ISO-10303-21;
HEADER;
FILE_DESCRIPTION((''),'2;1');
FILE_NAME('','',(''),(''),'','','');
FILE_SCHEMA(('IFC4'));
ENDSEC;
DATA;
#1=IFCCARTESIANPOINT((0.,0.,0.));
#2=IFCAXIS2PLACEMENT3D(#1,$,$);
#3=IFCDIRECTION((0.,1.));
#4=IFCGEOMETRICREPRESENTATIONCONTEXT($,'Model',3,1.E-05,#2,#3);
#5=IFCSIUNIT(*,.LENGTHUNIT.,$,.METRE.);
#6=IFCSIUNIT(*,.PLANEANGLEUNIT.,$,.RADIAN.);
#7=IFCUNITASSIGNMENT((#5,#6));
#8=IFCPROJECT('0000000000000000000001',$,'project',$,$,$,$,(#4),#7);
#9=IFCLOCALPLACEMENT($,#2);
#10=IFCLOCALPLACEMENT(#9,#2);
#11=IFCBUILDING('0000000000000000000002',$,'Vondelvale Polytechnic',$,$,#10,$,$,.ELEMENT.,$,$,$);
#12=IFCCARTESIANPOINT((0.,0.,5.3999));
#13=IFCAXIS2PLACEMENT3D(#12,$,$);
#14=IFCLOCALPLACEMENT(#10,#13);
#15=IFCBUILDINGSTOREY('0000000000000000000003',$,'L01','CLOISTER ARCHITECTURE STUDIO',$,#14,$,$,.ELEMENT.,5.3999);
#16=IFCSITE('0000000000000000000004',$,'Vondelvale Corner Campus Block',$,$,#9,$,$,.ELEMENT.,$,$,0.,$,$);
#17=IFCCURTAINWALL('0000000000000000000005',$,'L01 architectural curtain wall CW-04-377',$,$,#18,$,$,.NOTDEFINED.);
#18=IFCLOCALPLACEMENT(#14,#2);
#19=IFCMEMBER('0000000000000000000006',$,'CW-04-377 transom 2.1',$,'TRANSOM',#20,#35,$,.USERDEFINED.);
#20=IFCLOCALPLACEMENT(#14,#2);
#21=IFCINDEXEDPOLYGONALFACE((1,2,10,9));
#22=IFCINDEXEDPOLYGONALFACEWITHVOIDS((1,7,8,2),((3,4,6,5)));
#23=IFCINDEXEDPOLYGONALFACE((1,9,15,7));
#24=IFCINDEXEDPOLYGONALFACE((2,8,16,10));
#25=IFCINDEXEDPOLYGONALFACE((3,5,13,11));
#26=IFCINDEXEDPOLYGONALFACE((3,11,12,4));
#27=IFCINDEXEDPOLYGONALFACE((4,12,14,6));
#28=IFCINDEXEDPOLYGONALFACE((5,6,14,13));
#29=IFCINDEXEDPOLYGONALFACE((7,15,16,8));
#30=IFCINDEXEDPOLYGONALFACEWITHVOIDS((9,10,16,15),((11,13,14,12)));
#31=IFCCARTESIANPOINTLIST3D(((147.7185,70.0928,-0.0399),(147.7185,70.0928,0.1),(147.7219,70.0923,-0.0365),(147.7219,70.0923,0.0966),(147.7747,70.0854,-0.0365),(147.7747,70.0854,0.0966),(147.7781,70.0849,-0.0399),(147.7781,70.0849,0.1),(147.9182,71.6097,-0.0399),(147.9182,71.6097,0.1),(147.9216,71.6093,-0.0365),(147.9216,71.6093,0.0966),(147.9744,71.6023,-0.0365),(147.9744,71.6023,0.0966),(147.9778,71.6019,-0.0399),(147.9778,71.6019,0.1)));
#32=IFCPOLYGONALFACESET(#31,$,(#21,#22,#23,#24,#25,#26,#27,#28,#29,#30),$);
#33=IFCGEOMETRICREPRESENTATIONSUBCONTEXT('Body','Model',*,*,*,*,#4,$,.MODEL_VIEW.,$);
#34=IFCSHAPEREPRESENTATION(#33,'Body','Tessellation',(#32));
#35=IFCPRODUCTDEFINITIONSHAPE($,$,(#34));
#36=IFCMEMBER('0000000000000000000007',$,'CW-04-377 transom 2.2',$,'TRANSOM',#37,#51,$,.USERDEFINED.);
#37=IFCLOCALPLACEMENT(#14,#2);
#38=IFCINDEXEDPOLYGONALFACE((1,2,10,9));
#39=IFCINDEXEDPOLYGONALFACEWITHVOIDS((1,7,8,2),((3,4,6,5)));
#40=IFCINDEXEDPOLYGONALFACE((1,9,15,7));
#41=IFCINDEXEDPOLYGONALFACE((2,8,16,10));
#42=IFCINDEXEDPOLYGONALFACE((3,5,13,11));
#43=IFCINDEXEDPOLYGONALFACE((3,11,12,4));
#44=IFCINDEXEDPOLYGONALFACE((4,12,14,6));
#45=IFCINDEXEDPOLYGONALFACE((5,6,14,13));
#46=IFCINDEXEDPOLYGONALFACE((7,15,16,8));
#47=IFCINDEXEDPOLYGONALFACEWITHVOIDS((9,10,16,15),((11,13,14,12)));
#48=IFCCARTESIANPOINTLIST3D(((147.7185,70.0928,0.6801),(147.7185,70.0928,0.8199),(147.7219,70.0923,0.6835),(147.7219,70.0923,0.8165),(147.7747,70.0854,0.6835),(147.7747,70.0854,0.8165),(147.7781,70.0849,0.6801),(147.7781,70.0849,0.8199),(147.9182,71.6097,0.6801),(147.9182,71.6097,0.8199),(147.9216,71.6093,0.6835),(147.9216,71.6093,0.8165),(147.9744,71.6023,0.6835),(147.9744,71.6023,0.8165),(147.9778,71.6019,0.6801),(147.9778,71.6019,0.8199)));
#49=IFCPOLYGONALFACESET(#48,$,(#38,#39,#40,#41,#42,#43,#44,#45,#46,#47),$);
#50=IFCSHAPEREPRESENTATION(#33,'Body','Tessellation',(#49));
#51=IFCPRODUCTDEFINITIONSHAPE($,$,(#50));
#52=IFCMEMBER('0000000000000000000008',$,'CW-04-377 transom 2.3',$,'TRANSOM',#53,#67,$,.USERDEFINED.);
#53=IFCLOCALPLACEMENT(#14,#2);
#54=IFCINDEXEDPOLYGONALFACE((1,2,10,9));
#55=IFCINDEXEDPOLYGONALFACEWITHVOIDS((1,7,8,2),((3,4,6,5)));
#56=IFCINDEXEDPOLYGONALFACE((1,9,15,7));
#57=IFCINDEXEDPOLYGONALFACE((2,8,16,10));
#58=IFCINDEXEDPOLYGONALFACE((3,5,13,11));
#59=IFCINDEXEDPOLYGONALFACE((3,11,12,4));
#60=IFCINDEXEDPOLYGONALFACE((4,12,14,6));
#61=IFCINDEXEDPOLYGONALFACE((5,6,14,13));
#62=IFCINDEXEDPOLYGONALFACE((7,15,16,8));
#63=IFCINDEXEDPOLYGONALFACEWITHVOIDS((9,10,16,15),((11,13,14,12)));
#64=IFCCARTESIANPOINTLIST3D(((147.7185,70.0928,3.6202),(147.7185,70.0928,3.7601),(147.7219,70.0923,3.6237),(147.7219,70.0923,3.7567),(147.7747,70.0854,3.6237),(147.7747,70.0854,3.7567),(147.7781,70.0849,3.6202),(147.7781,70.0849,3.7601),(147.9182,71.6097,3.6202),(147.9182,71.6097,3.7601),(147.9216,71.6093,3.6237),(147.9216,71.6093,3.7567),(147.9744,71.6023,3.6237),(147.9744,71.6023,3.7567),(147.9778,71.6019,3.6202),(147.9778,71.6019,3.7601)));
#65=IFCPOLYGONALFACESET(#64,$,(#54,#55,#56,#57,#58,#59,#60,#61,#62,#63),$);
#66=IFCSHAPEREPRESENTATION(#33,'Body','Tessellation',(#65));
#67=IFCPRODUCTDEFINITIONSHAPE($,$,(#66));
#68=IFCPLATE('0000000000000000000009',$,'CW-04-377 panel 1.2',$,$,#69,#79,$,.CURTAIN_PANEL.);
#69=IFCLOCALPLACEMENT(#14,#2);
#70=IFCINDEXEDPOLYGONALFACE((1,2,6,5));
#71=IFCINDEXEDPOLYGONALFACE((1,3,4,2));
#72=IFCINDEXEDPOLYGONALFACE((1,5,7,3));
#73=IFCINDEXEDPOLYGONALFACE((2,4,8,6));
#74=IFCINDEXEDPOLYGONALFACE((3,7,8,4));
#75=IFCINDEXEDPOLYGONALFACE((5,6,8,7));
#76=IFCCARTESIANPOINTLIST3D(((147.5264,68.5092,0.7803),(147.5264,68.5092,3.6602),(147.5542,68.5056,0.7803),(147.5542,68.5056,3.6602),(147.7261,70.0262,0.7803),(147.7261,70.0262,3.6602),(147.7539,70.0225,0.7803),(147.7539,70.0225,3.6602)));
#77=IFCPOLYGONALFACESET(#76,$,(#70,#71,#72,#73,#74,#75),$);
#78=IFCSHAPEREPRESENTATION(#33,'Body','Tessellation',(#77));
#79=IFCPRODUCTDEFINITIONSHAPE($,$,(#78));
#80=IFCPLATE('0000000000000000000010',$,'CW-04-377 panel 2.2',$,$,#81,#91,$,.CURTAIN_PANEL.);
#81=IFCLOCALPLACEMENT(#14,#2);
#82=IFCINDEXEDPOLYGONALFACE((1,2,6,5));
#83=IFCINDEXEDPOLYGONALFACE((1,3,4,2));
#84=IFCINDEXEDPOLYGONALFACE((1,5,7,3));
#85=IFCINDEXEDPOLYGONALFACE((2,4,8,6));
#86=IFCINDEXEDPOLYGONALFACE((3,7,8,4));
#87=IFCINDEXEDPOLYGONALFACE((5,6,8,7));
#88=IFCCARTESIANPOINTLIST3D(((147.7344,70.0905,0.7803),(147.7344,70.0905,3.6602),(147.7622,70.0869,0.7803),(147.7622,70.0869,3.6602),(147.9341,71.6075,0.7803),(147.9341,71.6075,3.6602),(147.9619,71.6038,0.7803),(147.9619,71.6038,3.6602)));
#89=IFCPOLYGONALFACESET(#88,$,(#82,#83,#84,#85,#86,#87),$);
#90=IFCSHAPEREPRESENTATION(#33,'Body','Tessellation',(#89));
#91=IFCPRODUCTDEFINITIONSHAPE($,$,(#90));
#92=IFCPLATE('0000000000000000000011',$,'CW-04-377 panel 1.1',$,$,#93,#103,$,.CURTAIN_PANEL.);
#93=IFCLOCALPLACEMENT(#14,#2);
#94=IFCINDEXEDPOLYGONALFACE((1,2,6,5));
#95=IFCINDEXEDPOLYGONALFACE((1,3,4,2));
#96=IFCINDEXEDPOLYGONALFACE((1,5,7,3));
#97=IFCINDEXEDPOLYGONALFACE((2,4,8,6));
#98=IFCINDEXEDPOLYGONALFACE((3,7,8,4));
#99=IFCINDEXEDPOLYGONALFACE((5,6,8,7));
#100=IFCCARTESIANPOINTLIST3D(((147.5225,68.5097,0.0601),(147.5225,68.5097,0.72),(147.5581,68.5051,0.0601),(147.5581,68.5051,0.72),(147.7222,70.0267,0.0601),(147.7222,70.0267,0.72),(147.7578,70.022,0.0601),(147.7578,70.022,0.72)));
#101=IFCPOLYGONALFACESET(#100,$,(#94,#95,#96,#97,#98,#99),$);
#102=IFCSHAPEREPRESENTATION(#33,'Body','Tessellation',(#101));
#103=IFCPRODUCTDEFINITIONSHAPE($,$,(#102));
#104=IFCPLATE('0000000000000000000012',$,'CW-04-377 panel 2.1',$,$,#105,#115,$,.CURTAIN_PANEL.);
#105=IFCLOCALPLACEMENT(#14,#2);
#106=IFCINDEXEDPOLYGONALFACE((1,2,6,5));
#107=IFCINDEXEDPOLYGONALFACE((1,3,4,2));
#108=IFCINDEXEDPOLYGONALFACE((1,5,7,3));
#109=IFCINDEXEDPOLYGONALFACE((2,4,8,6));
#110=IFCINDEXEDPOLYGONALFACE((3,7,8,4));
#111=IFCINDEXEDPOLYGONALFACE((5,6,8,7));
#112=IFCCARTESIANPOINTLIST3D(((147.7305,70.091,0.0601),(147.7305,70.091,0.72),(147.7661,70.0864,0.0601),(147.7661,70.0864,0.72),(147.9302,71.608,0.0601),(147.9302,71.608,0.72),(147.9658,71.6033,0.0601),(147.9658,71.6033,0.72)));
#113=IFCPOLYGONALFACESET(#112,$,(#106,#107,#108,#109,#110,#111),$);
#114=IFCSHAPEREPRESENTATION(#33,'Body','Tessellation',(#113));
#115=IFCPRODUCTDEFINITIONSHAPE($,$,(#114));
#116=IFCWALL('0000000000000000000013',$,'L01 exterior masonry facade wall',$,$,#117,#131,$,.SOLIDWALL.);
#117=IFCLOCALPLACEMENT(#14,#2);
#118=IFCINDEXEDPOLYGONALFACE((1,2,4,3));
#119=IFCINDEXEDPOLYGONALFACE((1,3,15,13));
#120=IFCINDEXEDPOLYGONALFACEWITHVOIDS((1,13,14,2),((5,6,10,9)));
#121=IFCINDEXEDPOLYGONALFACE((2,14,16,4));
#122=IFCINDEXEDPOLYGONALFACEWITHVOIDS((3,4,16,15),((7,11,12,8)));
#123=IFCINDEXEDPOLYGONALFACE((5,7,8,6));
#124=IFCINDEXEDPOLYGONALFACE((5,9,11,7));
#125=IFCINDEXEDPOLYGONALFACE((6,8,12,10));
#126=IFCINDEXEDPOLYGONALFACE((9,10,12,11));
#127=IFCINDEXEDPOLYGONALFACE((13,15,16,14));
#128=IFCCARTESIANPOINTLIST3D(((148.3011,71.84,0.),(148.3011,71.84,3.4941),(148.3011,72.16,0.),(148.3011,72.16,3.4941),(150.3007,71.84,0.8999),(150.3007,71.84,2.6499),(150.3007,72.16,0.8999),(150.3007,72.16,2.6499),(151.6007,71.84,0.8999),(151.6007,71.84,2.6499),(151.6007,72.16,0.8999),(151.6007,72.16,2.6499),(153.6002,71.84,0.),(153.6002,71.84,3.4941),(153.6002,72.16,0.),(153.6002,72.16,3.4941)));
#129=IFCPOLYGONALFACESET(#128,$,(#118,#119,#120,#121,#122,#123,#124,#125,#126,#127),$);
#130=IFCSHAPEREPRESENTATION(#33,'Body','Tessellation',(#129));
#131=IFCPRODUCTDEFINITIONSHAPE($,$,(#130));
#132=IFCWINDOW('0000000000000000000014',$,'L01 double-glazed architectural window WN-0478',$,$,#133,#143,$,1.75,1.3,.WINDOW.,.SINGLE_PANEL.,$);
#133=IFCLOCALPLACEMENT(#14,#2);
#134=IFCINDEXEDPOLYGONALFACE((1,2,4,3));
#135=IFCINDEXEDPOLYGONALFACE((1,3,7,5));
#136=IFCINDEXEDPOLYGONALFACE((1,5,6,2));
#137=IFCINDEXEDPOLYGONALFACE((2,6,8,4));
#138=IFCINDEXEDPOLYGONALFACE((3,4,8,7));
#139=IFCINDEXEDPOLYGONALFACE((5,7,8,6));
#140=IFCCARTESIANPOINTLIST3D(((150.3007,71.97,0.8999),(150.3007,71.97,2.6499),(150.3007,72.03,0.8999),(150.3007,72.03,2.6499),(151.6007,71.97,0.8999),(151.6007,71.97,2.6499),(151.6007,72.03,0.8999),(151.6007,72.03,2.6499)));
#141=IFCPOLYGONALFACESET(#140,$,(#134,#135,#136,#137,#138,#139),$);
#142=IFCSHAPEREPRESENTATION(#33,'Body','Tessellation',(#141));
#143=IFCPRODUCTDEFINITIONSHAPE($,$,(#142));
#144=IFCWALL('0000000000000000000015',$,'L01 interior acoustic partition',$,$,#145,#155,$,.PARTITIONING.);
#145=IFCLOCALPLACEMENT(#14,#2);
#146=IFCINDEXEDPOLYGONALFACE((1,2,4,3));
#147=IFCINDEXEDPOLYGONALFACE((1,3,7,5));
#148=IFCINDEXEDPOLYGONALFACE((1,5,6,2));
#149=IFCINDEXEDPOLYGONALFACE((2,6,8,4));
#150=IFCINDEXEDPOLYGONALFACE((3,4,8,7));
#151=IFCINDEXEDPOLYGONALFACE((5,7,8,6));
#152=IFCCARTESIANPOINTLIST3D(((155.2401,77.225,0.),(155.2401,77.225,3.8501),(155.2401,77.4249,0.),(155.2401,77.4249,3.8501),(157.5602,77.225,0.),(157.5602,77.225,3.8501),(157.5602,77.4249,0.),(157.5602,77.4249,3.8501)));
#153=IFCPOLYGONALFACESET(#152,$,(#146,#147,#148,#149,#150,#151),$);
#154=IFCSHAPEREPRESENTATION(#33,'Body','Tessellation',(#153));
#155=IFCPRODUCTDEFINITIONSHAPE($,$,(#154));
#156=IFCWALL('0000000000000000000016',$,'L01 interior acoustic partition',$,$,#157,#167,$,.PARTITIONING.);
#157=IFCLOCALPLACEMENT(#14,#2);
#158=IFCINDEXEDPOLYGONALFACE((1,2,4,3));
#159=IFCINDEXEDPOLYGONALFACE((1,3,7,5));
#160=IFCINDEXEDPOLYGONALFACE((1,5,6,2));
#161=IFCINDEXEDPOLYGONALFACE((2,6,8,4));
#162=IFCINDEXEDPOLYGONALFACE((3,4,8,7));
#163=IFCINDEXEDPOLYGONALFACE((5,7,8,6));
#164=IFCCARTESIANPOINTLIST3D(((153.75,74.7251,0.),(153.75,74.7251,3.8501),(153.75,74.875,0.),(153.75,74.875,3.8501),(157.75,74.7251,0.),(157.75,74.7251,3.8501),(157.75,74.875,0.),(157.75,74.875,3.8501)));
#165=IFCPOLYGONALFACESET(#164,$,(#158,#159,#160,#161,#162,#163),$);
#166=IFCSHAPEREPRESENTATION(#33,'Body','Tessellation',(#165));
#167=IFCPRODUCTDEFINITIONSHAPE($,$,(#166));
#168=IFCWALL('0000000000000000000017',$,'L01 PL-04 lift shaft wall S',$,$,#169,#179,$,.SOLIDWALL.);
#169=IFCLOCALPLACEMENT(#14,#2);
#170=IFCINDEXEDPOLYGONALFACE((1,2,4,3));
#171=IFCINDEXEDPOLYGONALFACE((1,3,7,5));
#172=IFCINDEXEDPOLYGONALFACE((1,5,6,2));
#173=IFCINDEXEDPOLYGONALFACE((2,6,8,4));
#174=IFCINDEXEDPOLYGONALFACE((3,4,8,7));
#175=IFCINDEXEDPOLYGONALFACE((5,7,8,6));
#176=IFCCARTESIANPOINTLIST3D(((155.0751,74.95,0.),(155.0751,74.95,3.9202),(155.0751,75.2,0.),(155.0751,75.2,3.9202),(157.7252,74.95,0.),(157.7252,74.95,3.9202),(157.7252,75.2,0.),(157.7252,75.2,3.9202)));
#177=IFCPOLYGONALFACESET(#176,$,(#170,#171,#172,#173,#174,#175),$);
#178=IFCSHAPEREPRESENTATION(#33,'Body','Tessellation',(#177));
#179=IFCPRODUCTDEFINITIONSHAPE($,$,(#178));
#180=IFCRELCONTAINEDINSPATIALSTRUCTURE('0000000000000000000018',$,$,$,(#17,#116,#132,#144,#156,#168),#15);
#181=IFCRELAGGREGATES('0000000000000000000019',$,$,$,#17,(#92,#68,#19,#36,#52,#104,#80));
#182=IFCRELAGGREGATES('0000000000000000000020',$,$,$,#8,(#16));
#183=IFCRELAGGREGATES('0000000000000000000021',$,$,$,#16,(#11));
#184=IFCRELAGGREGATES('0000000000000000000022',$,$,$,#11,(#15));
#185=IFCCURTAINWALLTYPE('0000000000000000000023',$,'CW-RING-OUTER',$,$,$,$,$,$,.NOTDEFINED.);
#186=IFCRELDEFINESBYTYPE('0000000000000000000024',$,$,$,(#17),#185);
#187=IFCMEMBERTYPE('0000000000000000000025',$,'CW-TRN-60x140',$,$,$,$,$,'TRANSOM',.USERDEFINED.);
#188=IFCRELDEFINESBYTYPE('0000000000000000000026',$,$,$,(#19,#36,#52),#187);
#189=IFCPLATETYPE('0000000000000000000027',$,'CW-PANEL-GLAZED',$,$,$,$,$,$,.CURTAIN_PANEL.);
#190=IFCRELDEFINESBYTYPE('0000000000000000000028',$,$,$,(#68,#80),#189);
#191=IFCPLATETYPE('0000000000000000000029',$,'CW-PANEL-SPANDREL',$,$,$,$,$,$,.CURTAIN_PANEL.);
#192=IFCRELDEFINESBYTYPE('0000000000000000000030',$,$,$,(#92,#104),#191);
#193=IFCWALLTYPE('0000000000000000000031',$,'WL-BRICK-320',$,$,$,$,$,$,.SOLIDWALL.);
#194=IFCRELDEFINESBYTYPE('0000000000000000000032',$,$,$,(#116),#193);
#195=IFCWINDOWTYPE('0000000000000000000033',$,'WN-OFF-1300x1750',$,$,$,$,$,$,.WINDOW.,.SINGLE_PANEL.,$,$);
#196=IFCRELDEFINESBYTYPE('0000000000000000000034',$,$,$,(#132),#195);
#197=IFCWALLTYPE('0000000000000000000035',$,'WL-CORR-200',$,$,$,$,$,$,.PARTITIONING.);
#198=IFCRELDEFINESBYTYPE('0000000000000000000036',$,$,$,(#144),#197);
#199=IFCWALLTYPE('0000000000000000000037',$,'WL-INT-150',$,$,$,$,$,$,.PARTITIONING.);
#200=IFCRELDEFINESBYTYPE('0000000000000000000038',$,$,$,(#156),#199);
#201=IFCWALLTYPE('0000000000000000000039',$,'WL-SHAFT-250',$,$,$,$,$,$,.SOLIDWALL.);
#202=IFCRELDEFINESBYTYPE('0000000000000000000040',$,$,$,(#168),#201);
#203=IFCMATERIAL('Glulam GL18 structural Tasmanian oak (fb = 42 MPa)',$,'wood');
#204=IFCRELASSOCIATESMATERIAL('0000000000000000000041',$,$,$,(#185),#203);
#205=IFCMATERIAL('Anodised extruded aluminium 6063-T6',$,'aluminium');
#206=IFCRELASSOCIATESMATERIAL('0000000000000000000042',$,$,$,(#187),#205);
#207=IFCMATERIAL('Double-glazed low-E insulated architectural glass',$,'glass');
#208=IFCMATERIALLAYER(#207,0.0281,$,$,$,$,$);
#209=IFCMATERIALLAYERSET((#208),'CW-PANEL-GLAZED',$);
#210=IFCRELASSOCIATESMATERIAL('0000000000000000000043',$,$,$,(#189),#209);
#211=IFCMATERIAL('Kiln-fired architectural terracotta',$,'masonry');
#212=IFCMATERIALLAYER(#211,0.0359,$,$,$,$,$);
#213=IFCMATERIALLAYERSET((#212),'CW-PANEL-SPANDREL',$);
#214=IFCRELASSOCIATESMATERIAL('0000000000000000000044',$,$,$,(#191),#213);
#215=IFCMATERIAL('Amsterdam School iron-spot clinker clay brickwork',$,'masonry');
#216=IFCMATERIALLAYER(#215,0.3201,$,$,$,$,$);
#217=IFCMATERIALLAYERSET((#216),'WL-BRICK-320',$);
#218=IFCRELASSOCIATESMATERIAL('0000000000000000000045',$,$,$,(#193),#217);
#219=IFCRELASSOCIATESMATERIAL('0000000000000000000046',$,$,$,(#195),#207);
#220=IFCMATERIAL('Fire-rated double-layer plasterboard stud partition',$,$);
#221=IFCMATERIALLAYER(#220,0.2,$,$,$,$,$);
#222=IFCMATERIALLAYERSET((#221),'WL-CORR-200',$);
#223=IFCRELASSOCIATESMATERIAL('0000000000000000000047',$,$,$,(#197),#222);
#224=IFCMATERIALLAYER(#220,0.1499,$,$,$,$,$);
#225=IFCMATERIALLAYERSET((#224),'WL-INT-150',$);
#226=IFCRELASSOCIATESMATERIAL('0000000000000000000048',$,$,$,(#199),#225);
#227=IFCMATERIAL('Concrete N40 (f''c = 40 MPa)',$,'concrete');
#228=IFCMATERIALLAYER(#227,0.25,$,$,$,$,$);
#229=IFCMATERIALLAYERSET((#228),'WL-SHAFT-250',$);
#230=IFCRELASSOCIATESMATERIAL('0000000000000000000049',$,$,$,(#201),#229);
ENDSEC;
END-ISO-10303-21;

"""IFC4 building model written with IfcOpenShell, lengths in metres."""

from ifc_helpers import new_model, si_unit, direction, frame, frame_2d, origin, origin_2d, place, context, subcontext, project, spatial, rectangle, hollow_rectangle, extrude, material, layer, layer_set, material_profile, profile_set, type_object, element, fill, aggregate, save


model = new_model("IFC4")

# Units and contexts
model_context = context("Model", 3, precision=1e-05, world=origin(), true_north=direction((0.0, 1.0)))
body_context = subcontext(model_context, "Body", "Model", "MODEL_VIEW")
ifc_project = project(units=[si_unit("LENGTHUNIT", "METRE"), si_unit("PLANEANGLEUNIT", "RADIAN")], contexts=[model_context])

# Site, building, storey
site_placement = place(None, origin())
site = spatial("IfcSite", under=ifc_project, at=site_placement, Name="Vondelvale Corner Campus Block", CompositionType="ELEMENT", RefElevation=0.0)
building_placement = place(site_placement, origin())
building = spatial("IfcBuilding", under=site, at=building_placement, Name="Vondelvale Polytechnic", CompositionType="ELEMENT")
storey_placement = place(building_placement, frame((0.0, 0.0, 5.3999)))
storey = spatial("IfcBuildingStorey", under=building, at=storey_placement, Name="L01", Description="CLOISTER ARCHITECTURE STUDIO", CompositionType="ELEMENT", Elevation=5.3999)

# Curtain wall, members, plates
ifc_material_1 = material(Name="Glulam GL18 structural Tasmanian oak (fb = 42 MPa)", Category="wood")
curtain_wall_type = type_object("IfcCurtainWallType", Name="CW-RING-OUTER", PredefinedType="NOTDEFINED", material=ifc_material_1)
curtain_wall_placement = place(storey_placement, origin())
curtain_wall = element("IfcCurtainWall", 1, at=curtain_wall_placement, inside=storey, type_object=curtain_wall_type, Name="L01 architectural curtain wall CW-04-377", PredefinedType="NOTDEFINED")
ifc_material_2 = material(Name="Anodised extruded aluminium 6063-T6", Category="aluminium")
ifc_material_profile_1 = material_profile(ifc_material_2, hollow_rectangle(XDim=0.0601, YDim=0.1399, WallThickness=0.0034, at=origin_2d()), Name="CW-TRN-140x60")
ifc_profile_set_1 = profile_set([ifc_material_profile_1], Name="Anodised extruded aluminium 6063-T6")
member_type_1 = type_object("IfcMemberType", Name="CW-TRN-60x140", ElementType="TRANSOM", PredefinedType="USERDEFINED", material=ifc_profile_set_1)
member_1_placement = place(storey_placement, frame((147.7483, 70.0889, 0.03), z_axis=(0.130533, 0.991444, 0.0), x_axis=(-0.991444, 0.130533, 0.0)))
member_1 = element("IfcMember", 2, at=member_1_placement, type_object=member_type_1, Name="CW-04-377 transom 2.1", ObjectType="TRANSOM", PredefinedType="USERDEFINED", context=body_context, shape_type="SweptSolid", body=[
    extrude(hollow_rectangle(XDim=0.0601, YDim=0.1399, WallThickness=0.0034, at=origin_2d()), origin(), (0.0, 0.0, 1.0), 1.53),
])
member_2_placement = place(storey_placement, frame((147.7483, 70.0889, 0.75), z_axis=(0.130533, 0.991444, 0.0), x_axis=(-0.991444, 0.130533, 0.0)))
member_2 = element("IfcMember", 3, at=member_2_placement, type_object=member_type_1, Name="CW-04-377 transom 2.2", ObjectType="TRANSOM", PredefinedType="USERDEFINED", context=body_context, shape_type="SweptSolid", body=[
    extrude(hollow_rectangle(XDim=0.0601, YDim=0.1399, WallThickness=0.0034, at=origin_2d()), origin(), (0.0, 0.0, 1.0), 1.53),
])
member_3_placement = place(storey_placement, frame((147.7483, 70.0889, 3.6902), z_axis=(0.130533, 0.991444, 0.0), x_axis=(-0.991444, 0.130533, 0.0)))
member_3 = element("IfcMember", 4, at=member_3_placement, type_object=member_type_1, Name="CW-04-377 transom 2.3", ObjectType="TRANSOM", PredefinedType="USERDEFINED", context=body_context, shape_type="SweptSolid", body=[
    extrude(hollow_rectangle(XDim=0.0601, YDim=0.1399, WallThickness=0.0034, at=origin_2d()), origin(), (0.0, 0.0, 1.0), 1.53),
])
ifc_material_3 = material(Name="Double-glazed low-E insulated architectural glass", Category="glass")
ifc_layer_1 = layer(ifc_material_3, 0.0281)
ifc_layer_set_1 = layer_set([ifc_layer_1], Name="CW-PANEL-GLAZED")
plate_type_1 = type_object("IfcPlateType", Name="CW-PANEL-GLAZED", PredefinedType="CURTAIN_PANEL", material=ifc_layer_set_1)
plate_1_placement = place(storey_placement, frame((147.6401, 69.2659, 0.7803), z_axis=(0.0, 0.0, 1.0), x_axis=(0.13054, 0.991443, 0.0)))
plate_1 = element("IfcPlate", 5, at=plate_1_placement, type_object=plate_type_1, Name="CW-04-377 panel 1.2", PredefinedType="CURTAIN_PANEL", context=body_context, shape_type="SweptSolid", body=[
    extrude(rectangle(XDim=1.53, YDim=0.0281, at=origin_2d()), origin(), (0.0, 0.0, 1.0), 2.8799),
])
plate_2_placement = place(storey_placement, frame((147.8481, 70.8472, 0.7803), z_axis=(0.0, 0.0, 1.0), x_axis=(0.13054, 0.991443, 0.0)))
plate_2 = element("IfcPlate", 6, at=plate_2_placement, type_object=plate_type_1, Name="CW-04-377 panel 2.2", PredefinedType="CURTAIN_PANEL", context=body_context, shape_type="SweptSolid", body=[
    extrude(rectangle(XDim=1.53, YDim=0.0281, at=origin_2d()), origin(), (0.0, 0.0, 1.0), 2.8799),
])
ifc_material_4 = material(Name="Kiln-fired architectural terracotta", Category="masonry")
ifc_layer_2 = layer(ifc_material_4, 0.0359)
ifc_layer_set_2 = layer_set([ifc_layer_2], Name="CW-PANEL-SPANDREL")
plate_type_2 = type_object("IfcPlateType", Name="CW-PANEL-SPANDREL", PredefinedType="CURTAIN_PANEL", material=ifc_layer_set_2)
plate_3_placement = place(storey_placement, frame((147.6401, 69.2659, 0.0601), z_axis=(0.0, 0.0, 1.0), x_axis=(0.13054, 0.991443, 0.0)))
plate_3 = element("IfcPlate", 7, at=plate_3_placement, type_object=plate_type_2, Name="CW-04-377 panel 1.1", PredefinedType="CURTAIN_PANEL", context=body_context, shape_type="SweptSolid", body=[
    extrude(rectangle(XDim=1.53, YDim=0.0359, at=origin_2d()), origin(), (0.0, 0.0, 1.0), 0.6599),
])
plate_4_placement = place(storey_placement, frame((147.8481, 70.8472, 0.0601), z_axis=(0.0, 0.0, 1.0), x_axis=(0.13054, 0.991443, 0.0)))
plate_4 = element("IfcPlate", 8, at=plate_4_placement, type_object=plate_type_2, Name="CW-04-377 panel 2.1", PredefinedType="CURTAIN_PANEL", context=body_context, shape_type="SweptSolid", body=[
    extrude(rectangle(XDim=1.53, YDim=0.0359, at=origin_2d()), origin(), (0.0, 0.0, 1.0), 0.6599),
])
aggregate(curtain_wall, [plate_3, plate_1, member_1, member_2, member_3, plate_4, plate_2])

# Wall, opening, window
ifc_material_5 = material(Name="Amsterdam School iron-spot clinker clay brickwork", Category="masonry")
ifc_layer_3 = layer(ifc_material_5, 0.3201)
ifc_layer_set_3 = layer_set([ifc_layer_3], Name="WL-BRICK-320")
wall_type_1 = type_object("IfcWallType", Name="WL-BRICK-320", PredefinedType="SOLIDWALL", material=ifc_layer_set_3)
wall_1_placement = place(storey_placement, frame((153.6001, 72.0, 0.0), z_axis=(0.0, 0.0, 1.0), x_axis=(-1.0, 0.0, 0.0)))
wall_1 = element("IfcWall", 9, at=wall_1_placement, inside=storey, type_object=wall_type_1, Name="L01 exterior masonry facade wall", PredefinedType="SOLIDWALL", context=body_context, shape_type="SweptSolid", body=[
    extrude(rectangle(XDim=5.2991, YDim=0.3201, at=frame_2d((2.6494, 0.0))), origin(), (0.0, 0.0, 1.0), 3.4941),
])
opening_placement = place(wall_1_placement, frame((1.9995, 0.0, 0.8999)))
opening = element("IfcOpeningElement", 10, at=opening_placement, cuts=wall_1, PredefinedType="OPENING", context=body_context, shape_type="SweptSolid", body=[
    extrude(rectangle(XDim=1.3, YDim=1.75, at=frame_2d((0.6499, 0.875))), frame((0.0, 0.1699, 0.0), z_axis=(0.0, -1.0, 0.0), x_axis=(1.0, 0.0, 0.0)), (0.0, 0.0, 1.0), 0.3401),
])
window_type = type_object("IfcWindowType", Name="WN-OFF-1300x1750", PartitioningType="SINGLE_PANEL", PredefinedType="WINDOW", material=ifc_material_3)
window_placement = place(opening_placement, origin())
window = element("IfcWindow", 11, at=window_placement, inside=storey, type_object=window_type, Name="L01 double-glazed architectural window WN-0478", OverallHeight=1.75, OverallWidth=1.3, PartitioningType="SINGLE_PANEL", PredefinedType="WINDOW", context=body_context, shape_type="SweptSolid", body=[
    extrude(rectangle(XDim=1.3, YDim=1.75, at=frame_2d((0.6499, 0.875))), frame((0.0, 0.03, 0.0), z_axis=(0.0, -1.0, 0.0), x_axis=(1.0, 0.0, 0.0)), (0.0, 0.0, 1.0), 0.0601),
])
fill(opening, window)

# Walls
ifc_material_6 = material(Name="Fire-rated double-layer plasterboard stud partition")
ifc_layer_4 = layer(ifc_material_6, 0.2)
ifc_layer_set_4 = layer_set([ifc_layer_4], Name="WL-CORR-200")
wall_type_2 = type_object("IfcWallType", Name="WL-CORR-200", PredefinedType="PARTITIONING", material=ifc_layer_set_4)
wall_2_placement = place(storey_placement, frame((155.24, 77.325, 0.0), z_axis=(0.0, 0.0, 1.0), x_axis=(1.0, 0.0, 0.0)))
element("IfcWall", 12, at=wall_2_placement, inside=storey, type_object=wall_type_2, Name="L01 interior acoustic partition", PredefinedType="PARTITIONING", context=body_context, shape_type="SweptSolid", body=[
    extrude(rectangle(XDim=2.3201, YDim=0.2, at=frame_2d((1.1602, 0.0))), origin(), (0.0, 0.0, 1.0), 3.8501),
])
ifc_layer_5 = layer(ifc_material_6, 0.1499)
ifc_layer_set_5 = layer_set([ifc_layer_5], Name="WL-INT-150")
wall_type_3 = type_object("IfcWallType", Name="WL-INT-150", PredefinedType="PARTITIONING", material=ifc_layer_set_5)
wall_3_placement = place(storey_placement, frame((153.75, 74.8, 0.0), z_axis=(0.0, 0.0, 1.0), x_axis=(1.0, 0.0, 0.0)))
element("IfcWall", 13, at=wall_3_placement, inside=storey, type_object=wall_type_3, Name="L01 interior acoustic partition", PredefinedType="PARTITIONING", context=body_context, shape_type="SweptSolid", body=[
    extrude(rectangle(XDim=4.0, YDim=0.1499, at=frame_2d((2.0, 0.0))), origin(), (0.0, 0.0, 1.0), 3.8501),
])
ifc_material_7 = material(Name="Concrete N40 (f'c = 40 MPa)", Category="concrete")
ifc_layer_6 = layer(ifc_material_7, 0.25)
ifc_layer_set_6 = layer_set([ifc_layer_6], Name="WL-SHAFT-250")
wall_type_4 = type_object("IfcWallType", Name="WL-SHAFT-250", PredefinedType="SOLIDWALL", material=ifc_layer_set_6)
wall_4_placement = place(storey_placement, frame((155.075, 75.075, 0.0), z_axis=(0.0, 0.0, 1.0), x_axis=(1.0, 0.0, 0.0)))
element("IfcWall", 14, at=wall_4_placement, inside=storey, type_object=wall_type_4, Name="L01 PL-04 lift shaft wall S", PredefinedType="SOLIDWALL", context=body_context, shape_type="SweptSolid", body=[
    extrude(rectangle(XDim=2.6501, YDim=0.25, at=frame_2d((1.3252, 0.0))), origin(), (0.0, 0.0, 1.0), 3.9202),
])

save(model, "model.ifc")
